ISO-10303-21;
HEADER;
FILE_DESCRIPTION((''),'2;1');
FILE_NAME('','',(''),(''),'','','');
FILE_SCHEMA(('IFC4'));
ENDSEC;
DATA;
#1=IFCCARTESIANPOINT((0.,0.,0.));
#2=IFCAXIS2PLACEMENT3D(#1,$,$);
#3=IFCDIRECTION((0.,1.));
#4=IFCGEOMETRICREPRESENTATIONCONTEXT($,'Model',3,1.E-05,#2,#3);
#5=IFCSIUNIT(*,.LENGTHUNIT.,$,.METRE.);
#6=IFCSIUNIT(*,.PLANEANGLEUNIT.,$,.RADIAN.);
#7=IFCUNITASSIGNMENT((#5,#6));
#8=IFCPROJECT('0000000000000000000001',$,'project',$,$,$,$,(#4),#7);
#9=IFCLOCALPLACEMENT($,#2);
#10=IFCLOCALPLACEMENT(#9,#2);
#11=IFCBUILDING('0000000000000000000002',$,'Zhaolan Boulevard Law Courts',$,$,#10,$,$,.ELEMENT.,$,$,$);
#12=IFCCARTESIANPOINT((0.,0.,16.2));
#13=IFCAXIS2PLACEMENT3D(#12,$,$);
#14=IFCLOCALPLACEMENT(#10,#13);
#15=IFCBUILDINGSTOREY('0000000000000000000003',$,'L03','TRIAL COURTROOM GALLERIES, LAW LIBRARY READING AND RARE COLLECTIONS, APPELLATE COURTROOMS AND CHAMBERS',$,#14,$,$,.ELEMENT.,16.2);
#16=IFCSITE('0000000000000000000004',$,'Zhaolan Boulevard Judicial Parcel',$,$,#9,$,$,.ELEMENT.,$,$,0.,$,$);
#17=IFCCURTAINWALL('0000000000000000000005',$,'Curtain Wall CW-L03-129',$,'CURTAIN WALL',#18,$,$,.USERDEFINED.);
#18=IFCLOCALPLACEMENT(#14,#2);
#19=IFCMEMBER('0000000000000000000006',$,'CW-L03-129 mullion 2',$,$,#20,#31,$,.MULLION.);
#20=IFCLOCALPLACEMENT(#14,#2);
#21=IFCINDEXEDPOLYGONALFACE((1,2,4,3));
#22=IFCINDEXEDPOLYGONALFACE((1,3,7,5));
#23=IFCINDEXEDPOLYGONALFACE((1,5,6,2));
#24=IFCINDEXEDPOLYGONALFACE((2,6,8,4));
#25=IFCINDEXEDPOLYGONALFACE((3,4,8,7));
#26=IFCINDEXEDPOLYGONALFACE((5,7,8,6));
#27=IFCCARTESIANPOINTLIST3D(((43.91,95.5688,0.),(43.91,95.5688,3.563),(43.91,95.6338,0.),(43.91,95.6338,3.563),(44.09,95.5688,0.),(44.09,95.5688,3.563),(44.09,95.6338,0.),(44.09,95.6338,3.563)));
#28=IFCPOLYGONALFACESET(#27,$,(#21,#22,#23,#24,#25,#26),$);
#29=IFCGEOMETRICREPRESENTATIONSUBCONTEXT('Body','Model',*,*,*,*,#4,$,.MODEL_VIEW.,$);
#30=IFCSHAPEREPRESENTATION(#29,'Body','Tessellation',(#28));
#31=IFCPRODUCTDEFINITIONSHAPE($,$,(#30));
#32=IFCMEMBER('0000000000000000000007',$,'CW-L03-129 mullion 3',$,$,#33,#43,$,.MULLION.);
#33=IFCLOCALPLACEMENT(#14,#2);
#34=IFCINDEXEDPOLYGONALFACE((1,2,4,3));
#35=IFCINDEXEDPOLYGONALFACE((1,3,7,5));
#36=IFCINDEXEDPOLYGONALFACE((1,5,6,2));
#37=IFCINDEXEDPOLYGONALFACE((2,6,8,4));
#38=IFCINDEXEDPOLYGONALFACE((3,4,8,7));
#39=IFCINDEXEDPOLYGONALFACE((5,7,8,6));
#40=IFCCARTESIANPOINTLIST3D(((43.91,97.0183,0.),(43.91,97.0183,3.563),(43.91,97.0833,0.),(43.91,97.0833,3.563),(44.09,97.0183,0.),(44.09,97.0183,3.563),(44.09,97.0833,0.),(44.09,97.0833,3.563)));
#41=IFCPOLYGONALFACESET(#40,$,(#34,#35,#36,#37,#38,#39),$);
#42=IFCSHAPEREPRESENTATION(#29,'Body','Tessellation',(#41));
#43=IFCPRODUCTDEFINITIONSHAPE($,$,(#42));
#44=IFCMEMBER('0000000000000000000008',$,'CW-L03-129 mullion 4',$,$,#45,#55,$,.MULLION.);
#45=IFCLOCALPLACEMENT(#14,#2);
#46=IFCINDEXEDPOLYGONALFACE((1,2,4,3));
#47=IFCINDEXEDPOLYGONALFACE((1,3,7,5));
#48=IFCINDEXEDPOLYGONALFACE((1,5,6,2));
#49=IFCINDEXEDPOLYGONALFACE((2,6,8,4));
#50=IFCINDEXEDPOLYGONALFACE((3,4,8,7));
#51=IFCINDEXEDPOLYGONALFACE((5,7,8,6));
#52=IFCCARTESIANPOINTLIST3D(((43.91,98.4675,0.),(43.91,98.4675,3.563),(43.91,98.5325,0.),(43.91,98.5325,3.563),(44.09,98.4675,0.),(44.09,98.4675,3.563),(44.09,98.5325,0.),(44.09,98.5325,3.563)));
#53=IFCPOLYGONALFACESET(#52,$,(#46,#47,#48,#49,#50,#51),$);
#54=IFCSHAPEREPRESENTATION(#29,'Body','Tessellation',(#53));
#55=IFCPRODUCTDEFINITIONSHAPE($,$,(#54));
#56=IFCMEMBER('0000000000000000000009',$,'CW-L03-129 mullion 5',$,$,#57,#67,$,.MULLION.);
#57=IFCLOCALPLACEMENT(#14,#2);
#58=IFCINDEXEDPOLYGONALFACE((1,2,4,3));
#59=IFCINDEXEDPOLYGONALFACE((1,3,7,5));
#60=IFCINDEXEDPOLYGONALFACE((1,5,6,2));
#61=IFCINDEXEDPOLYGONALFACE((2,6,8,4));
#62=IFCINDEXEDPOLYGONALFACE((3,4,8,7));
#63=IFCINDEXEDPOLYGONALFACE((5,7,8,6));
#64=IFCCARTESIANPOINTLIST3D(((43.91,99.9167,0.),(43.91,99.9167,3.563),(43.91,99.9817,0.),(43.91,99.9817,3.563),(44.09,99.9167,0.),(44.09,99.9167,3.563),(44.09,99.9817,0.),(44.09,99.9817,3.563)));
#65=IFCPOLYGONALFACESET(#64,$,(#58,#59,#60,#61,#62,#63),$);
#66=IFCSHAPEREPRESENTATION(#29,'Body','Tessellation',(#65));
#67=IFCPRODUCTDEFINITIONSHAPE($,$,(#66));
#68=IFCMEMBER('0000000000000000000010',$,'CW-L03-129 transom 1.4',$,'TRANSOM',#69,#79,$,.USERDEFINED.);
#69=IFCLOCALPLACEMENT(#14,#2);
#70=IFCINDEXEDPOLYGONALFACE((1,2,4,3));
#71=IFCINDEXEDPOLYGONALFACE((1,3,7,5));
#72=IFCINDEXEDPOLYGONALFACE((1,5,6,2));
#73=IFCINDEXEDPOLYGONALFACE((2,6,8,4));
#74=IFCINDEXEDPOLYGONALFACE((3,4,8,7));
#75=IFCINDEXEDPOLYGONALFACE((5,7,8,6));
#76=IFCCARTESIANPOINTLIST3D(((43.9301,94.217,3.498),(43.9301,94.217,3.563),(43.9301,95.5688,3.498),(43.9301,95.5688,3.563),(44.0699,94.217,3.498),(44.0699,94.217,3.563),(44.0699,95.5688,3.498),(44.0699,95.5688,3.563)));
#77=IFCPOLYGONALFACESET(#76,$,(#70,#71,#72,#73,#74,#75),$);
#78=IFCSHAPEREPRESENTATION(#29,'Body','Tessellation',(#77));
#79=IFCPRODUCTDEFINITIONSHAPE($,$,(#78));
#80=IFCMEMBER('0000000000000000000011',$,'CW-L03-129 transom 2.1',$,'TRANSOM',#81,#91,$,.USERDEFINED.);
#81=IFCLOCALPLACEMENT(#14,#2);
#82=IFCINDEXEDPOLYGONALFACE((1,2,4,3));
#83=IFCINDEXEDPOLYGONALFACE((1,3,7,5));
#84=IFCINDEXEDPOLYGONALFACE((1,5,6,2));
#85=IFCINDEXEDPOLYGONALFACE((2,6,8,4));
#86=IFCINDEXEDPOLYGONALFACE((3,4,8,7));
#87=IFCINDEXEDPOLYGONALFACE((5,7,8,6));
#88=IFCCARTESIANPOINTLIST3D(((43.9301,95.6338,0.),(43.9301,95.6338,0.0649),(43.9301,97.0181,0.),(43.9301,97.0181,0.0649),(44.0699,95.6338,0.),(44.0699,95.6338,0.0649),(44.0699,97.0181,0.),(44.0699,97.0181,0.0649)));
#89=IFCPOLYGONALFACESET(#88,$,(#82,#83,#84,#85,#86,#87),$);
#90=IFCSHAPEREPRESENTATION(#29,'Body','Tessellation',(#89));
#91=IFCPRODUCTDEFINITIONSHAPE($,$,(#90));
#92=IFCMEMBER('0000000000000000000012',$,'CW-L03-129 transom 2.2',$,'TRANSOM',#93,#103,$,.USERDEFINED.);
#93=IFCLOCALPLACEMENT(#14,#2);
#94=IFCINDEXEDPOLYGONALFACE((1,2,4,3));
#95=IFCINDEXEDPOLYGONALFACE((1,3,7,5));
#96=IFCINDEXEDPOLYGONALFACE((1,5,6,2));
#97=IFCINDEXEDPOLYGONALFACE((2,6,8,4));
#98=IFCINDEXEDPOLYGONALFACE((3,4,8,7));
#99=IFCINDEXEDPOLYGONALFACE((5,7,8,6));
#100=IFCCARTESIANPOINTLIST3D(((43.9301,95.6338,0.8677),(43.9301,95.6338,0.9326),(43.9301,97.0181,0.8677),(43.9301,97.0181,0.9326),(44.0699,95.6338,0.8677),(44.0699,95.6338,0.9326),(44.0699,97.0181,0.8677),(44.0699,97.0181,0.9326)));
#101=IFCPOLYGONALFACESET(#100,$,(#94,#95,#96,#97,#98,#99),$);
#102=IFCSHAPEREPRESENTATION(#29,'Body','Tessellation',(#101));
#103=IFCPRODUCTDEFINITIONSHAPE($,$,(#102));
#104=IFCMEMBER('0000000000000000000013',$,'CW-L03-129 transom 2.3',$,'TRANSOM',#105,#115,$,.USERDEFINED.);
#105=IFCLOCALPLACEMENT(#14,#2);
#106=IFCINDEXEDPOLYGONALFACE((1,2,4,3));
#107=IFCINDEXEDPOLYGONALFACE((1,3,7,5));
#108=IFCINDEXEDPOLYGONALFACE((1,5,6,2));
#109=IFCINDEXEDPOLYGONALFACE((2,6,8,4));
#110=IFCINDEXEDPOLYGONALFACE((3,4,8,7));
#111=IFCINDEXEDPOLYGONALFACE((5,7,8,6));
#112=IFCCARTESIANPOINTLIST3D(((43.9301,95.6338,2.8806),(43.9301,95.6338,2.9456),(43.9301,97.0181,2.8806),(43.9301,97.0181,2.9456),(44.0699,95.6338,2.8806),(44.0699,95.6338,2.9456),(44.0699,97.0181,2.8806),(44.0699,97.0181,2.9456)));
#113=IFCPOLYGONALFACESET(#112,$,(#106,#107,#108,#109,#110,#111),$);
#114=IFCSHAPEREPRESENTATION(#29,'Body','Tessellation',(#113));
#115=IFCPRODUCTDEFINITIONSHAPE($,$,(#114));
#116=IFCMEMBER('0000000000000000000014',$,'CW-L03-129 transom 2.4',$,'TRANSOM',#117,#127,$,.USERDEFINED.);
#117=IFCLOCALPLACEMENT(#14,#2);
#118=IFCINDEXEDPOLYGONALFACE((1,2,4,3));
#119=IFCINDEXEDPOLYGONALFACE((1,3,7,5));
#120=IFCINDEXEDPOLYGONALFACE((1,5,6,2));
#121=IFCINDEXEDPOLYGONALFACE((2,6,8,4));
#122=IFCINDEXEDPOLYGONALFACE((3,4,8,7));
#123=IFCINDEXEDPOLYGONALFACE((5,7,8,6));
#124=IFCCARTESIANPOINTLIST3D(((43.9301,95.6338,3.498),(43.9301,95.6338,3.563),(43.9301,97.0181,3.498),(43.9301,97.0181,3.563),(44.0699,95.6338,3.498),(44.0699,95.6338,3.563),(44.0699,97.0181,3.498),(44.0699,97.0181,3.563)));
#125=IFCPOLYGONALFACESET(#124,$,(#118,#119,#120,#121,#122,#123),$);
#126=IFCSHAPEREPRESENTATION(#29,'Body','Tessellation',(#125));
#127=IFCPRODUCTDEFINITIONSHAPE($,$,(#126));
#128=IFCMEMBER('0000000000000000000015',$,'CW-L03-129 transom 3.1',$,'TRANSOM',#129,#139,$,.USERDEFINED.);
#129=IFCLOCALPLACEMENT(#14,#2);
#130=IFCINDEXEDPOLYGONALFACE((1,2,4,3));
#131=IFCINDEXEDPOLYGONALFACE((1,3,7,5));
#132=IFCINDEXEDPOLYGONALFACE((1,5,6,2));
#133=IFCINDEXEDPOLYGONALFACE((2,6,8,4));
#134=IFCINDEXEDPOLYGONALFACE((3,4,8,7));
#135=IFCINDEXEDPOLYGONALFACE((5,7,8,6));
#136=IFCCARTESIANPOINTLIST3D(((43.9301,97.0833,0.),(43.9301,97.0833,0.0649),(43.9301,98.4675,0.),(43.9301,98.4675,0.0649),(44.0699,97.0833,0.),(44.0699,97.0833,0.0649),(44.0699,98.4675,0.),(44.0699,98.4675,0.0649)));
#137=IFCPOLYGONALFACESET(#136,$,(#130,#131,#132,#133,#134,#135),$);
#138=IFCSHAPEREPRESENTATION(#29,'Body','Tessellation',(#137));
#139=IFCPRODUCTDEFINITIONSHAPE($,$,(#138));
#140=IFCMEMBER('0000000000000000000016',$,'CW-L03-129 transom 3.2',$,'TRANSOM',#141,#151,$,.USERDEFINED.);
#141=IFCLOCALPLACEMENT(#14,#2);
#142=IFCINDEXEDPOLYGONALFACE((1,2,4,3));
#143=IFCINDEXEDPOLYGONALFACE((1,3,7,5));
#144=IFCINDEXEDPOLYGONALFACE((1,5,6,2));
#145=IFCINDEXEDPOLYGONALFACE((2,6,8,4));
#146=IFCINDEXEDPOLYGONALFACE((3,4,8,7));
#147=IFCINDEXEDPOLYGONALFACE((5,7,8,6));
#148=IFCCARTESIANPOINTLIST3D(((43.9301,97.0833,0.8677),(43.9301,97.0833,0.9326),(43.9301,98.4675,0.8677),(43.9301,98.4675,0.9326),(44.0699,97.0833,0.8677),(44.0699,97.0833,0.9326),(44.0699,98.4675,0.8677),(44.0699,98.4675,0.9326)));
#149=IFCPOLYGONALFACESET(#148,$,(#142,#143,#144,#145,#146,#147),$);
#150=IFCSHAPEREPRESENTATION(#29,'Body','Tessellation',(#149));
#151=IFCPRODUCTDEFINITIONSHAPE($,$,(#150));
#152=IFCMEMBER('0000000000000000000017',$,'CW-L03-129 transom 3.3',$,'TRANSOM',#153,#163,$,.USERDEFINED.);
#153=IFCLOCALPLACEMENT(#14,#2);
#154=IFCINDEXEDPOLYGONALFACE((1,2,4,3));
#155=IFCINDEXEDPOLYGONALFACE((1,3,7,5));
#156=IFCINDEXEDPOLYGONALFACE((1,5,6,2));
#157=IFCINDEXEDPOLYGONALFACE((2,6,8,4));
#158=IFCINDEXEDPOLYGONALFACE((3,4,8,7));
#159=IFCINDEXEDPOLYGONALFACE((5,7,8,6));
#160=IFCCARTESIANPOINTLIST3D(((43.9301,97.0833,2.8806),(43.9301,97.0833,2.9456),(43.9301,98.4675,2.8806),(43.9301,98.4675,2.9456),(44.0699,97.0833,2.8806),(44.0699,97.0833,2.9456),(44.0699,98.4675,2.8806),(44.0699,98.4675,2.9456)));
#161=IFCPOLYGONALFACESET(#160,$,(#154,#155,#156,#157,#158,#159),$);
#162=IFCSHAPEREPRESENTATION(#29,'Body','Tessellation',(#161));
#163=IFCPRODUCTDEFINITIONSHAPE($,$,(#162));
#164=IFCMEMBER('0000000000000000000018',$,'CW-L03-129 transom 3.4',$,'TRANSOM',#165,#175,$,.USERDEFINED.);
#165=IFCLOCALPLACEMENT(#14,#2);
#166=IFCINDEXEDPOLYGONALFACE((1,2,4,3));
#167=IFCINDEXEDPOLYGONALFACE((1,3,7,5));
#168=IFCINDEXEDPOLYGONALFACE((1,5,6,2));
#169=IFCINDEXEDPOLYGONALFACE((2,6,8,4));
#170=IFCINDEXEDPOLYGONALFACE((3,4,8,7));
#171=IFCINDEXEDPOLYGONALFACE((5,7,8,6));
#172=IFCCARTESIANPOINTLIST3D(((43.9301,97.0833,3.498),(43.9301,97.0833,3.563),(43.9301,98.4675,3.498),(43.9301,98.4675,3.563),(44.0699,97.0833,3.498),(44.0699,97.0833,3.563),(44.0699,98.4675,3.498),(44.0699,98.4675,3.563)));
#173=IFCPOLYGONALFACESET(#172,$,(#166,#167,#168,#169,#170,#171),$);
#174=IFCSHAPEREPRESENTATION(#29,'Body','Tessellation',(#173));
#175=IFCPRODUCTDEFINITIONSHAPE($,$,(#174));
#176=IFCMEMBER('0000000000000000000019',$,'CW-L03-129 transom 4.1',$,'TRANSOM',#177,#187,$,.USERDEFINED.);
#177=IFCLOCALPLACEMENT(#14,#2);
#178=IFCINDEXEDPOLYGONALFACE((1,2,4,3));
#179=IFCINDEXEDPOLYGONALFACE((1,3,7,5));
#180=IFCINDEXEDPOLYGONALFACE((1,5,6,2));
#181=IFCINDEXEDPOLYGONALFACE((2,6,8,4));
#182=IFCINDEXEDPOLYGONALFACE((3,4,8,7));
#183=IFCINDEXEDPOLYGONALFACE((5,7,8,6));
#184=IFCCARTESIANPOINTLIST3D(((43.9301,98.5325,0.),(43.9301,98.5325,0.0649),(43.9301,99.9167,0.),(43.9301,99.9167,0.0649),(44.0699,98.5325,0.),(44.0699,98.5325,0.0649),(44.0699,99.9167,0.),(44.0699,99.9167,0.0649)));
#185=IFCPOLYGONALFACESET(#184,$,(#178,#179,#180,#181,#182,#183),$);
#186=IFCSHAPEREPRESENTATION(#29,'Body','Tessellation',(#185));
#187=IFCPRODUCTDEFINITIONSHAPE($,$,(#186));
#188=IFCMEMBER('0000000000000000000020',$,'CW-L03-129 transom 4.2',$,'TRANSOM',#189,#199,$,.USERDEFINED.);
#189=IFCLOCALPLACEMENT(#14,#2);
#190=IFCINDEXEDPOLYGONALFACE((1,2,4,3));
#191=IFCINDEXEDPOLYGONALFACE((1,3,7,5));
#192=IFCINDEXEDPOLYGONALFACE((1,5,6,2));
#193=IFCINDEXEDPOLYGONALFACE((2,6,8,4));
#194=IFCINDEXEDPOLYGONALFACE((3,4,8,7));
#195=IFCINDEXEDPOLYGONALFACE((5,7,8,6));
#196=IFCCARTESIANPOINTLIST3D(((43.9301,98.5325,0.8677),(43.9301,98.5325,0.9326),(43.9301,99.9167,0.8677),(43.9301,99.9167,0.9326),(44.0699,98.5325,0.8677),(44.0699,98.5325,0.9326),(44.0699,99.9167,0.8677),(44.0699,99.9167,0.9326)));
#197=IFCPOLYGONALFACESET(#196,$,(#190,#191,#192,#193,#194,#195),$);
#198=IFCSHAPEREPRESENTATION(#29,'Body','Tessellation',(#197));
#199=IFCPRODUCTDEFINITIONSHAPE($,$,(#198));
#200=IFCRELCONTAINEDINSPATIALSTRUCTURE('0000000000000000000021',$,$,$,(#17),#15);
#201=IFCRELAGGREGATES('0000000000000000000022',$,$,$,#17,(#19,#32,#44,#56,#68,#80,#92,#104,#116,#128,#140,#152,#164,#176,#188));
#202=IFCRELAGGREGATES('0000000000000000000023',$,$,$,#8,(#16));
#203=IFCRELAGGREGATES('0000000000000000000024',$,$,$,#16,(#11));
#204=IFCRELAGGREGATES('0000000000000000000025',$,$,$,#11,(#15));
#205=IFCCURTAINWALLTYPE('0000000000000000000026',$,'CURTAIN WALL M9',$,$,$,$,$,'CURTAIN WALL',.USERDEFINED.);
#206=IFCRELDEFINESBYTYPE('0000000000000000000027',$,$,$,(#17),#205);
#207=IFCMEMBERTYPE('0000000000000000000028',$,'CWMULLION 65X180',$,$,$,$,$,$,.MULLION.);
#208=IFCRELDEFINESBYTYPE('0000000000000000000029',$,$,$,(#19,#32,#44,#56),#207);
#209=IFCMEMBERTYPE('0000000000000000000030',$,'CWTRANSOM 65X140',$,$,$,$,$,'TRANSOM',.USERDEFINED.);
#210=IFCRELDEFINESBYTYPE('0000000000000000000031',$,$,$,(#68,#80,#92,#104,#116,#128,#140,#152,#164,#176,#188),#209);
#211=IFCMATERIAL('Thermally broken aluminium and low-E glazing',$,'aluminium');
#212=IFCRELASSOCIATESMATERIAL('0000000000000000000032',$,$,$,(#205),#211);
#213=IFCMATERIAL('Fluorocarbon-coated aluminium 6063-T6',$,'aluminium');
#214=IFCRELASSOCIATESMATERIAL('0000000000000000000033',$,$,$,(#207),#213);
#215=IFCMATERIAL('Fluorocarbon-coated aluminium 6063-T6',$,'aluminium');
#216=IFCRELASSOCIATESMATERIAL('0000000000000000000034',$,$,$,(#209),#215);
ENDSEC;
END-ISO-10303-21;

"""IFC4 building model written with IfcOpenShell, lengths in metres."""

from ifc_helpers import new_model, si_unit, direction, frame, origin, origin_2d, place, context, subcontext, project, spatial, rectangle, extrude, material, material_profile, profile_set, type_object, element, aggregate, save


model = new_model("IFC4")

# Units and contexts
model_context = context("Model", 3, precision=1e-05, world=origin(), true_north=direction((0.0, 1.0)))
body_context = subcontext(model_context, "Body", "Model", "MODEL_VIEW")
ifc_project = project(units=[si_unit("LENGTHUNIT", "METRE"), si_unit("PLANEANGLEUNIT", "RADIAN")], contexts=[model_context])

# Site, building, storey
site_placement = place(None, origin())
site = spatial("IfcSite", under=ifc_project, at=site_placement, Name="Zhaolan Boulevard Judicial Parcel", CompositionType="ELEMENT", RefElevation=0.0)
building_placement = place(site_placement, origin())
building = spatial("IfcBuilding", under=site, at=building_placement, Name="Zhaolan Boulevard Law Courts", CompositionType="ELEMENT")
storey_placement = place(building_placement, frame((0.0, 0.0, 16.2)))
storey = spatial("IfcBuildingStorey", under=building, at=storey_placement, Name="L03", Description="TRIAL COURTROOM GALLERIES, LAW LIBRARY READING AND RARE COLLECTIONS, APPELLATE COURTROOMS AND CHAMBERS", CompositionType="ELEMENT", Elevation=16.2)

# Curtain wall, members
ifc_material_1 = material(Name="Thermally broken aluminium and low-E glazing", Category="aluminium")
curtain_wall_type = type_object("IfcCurtainWallType", Name="CURTAIN WALL M9", ElementType="CURTAIN WALL", PredefinedType="USERDEFINED", material=ifc_material_1)
curtain_wall_placement = place(storey_placement, origin())
curtain_wall = element("IfcCurtainWall", 1, at=curtain_wall_placement, inside=storey, type_object=curtain_wall_type, Name="Curtain Wall CW-L03-129", ObjectType="CURTAIN WALL", PredefinedType="USERDEFINED")
ifc_material_2 = material(Name="Fluorocarbon-coated aluminium 6063-T6", Category="aluminium")
ifc_material_profile_1 = material_profile(ifc_material_2, rectangle(XDim=0.1799, YDim=0.0649, at=origin_2d()), Name="AL65x180")
ifc_profile_set_1 = profile_set([ifc_material_profile_1], Name="Fluorocarbon-coated aluminium 6063-T6")
member_type_1 = type_object("IfcMemberType", Name="CWMULLION 65X180", PredefinedType="MULLION", material=ifc_profile_set_1)
member_1_placement = place(storey_placement, frame((44.0, 95.6013, 0.0), z_axis=(0.0, 0.0, 1.0), x_axis=(-1.0, 0.0, 0.0)))
member_1 = element("IfcMember", 2, at=member_1_placement, type_object=member_type_1, Name="CW-L03-129 mullion 2", PredefinedType="MULLION", context=body_context, shape_type="SweptSolid", body=[
    extrude(rectangle(XDim=0.1799, YDim=0.0649, at=origin_2d()), origin(), (0.0, 0.0, 1.0), 3.563),
])
member_2_placement = place(storey_placement, frame((44.0, 97.0508, 0.0), z_axis=(0.0, 0.0, 1.0), x_axis=(-1.0, 0.0, 0.0)))
member_2 = element("IfcMember", 3, at=member_2_placement, type_object=member_type_1, Name="CW-L03-129 mullion 3", PredefinedType="MULLION", context=body_context, shape_type="SweptSolid", body=[
    extrude(rectangle(XDim=0.1799, YDim=0.0649, at=origin_2d()), origin(), (0.0, 0.0, 1.0), 3.563),
])
member_3_placement = place(storey_placement, frame((44.0, 98.5, 0.0), z_axis=(0.0, 0.0, 1.0), x_axis=(-1.0, 0.0, 0.0)))
member_3 = element("IfcMember", 4, at=member_3_placement, type_object=member_type_1, Name="CW-L03-129 mullion 4", PredefinedType="MULLION", context=body_context, shape_type="SweptSolid", body=[
    extrude(rectangle(XDim=0.1799, YDim=0.0649, at=origin_2d()), origin(), (0.0, 0.0, 1.0), 3.563),
])
member_4_placement = place(storey_placement, frame((44.0, 99.9492, 0.0), z_axis=(0.0, 0.0, 1.0), x_axis=(-1.0, 0.0, 0.0)))
member_4 = element("IfcMember", 5, at=member_4_placement, type_object=member_type_1, Name="CW-L03-129 mullion 5", PredefinedType="MULLION", context=body_context, shape_type="SweptSolid", body=[
    extrude(rectangle(XDim=0.1799, YDim=0.0649, at=origin_2d()), origin(), (0.0, 0.0, 1.0), 3.563),
])
ifc_material_3 = material(Name="Fluorocarbon-coated aluminium 6063-T6", Category="aluminium")
ifc_material_profile_2 = material_profile(ifc_material_3, rectangle(XDim=0.1399, YDim=0.0649, at=origin_2d()), Name="AL65x140")
ifc_profile_set_2 = profile_set([ifc_material_profile_2], Name="Fluorocarbon-coated aluminium 6063-T6")
member_type_2 = type_object("IfcMemberType", Name="CWTRANSOM 65X140", ElementType="TRANSOM", PredefinedType="USERDEFINED", material=ifc_profile_set_2)
member_5_placement = place(storey_placement, frame((44.0, 94.217, 3.5305), z_axis=(0.0, 1.0, 0.0), x_axis=(-1.0, 0.0, 0.0)))
member_5 = element("IfcMember", 6, at=member_5_placement, type_object=member_type_2, Name="CW-L03-129 transom 1.4", ObjectType="TRANSOM", PredefinedType="USERDEFINED", context=body_context, shape_type="SweptSolid", body=[
    extrude(rectangle(XDim=0.1399, YDim=0.0649, at=origin_2d()), origin(), (0.0, 0.0, 1.0), 1.3518),
])
member_6_placement = place(storey_placement, frame((44.0, 95.6338, 0.0325), z_axis=(0.0, 1.0, 0.0), x_axis=(-1.0, 0.0, 0.0)))
member_6 = element("IfcMember", 7, at=member_6_placement, type_object=member_type_2, Name="CW-L03-129 transom 2.1", ObjectType="TRANSOM", PredefinedType="USERDEFINED", context=body_context, shape_type="SweptSolid", body=[
    extrude(rectangle(XDim=0.1399, YDim=0.0649, at=origin_2d()), origin(), (0.0, 0.0, 1.0), 1.3843),
])
member_7_placement = place(storey_placement, frame((44.0, 95.6338, 0.9001), z_axis=(0.0, 1.0, 0.0), x_axis=(-1.0, 0.0, 0.0)))
member_7 = element("IfcMember", 8, at=member_7_placement, type_object=member_type_2, Name="CW-L03-129 transom 2.2", ObjectType="TRANSOM", PredefinedType="USERDEFINED", context=body_context, shape_type="SweptSolid", body=[
    extrude(rectangle(XDim=0.1399, YDim=0.0649, at=origin_2d()), origin(), (0.0, 0.0, 1.0), 1.3843),
])
member_8_placement = place(storey_placement, frame((44.0, 95.6338, 2.9131), z_axis=(0.0, 1.0, 0.0), x_axis=(-1.0, 0.0, 0.0)))
member_8 = element("IfcMember", 9, at=member_8_placement, type_object=member_type_2, Name="CW-L03-129 transom 2.3", ObjectType="TRANSOM", PredefinedType="USERDEFINED", context=body_context, shape_type="SweptSolid", body=[
    extrude(rectangle(XDim=0.1399, YDim=0.0649, at=origin_2d()), origin(), (0.0, 0.0, 1.0), 1.3843),
])
member_9_placement = place(storey_placement, frame((44.0, 95.6338, 3.5305), z_axis=(0.0, 1.0, 0.0), x_axis=(-1.0, 0.0, 0.0)))
member_9 = element("IfcMember", 10, at=member_9_placement, type_object=member_type_2, Name="CW-L03-129 transom 2.4", ObjectType="TRANSOM", PredefinedType="USERDEFINED", context=body_context, shape_type="SweptSolid", body=[
    extrude(rectangle(XDim=0.1399, YDim=0.0649, at=origin_2d()), origin(), (0.0, 0.0, 1.0), 1.3843),
])
member_10_placement = place(storey_placement, frame((44.0, 97.0833, 0.0325), z_axis=(0.0, 1.0, 0.0), x_axis=(-1.0, 0.0, 0.0)))
member_10 = element("IfcMember", 11, at=member_10_placement, type_object=member_type_2, Name="CW-L03-129 transom 3.1", ObjectType="TRANSOM", PredefinedType="USERDEFINED", context=body_context, shape_type="SweptSolid", body=[
    extrude(rectangle(XDim=0.1399, YDim=0.0649, at=origin_2d()), origin(), (0.0, 0.0, 1.0), 1.3843),
])
member_11_placement = place(storey_placement, frame((44.0, 97.0833, 0.9001), z_axis=(0.0, 1.0, 0.0), x_axis=(-1.0, 0.0, 0.0)))
member_11 = element("IfcMember", 12, at=member_11_placement, type_object=member_type_2, Name="CW-L03-129 transom 3.2", ObjectType="TRANSOM", PredefinedType="USERDEFINED", context=body_context, shape_type="SweptSolid", body=[
    extrude(rectangle(XDim=0.1399, YDim=0.0649, at=origin_2d()), origin(), (0.0, 0.0, 1.0), 1.3843),
])
member_12_placement = place(storey_placement, frame((44.0, 97.0833, 2.9131), z_axis=(0.0, 1.0, 0.0), x_axis=(-1.0, 0.0, 0.0)))
member_12 = element("IfcMember", 13, at=member_12_placement, type_object=member_type_2, Name="CW-L03-129 transom 3.3", ObjectType="TRANSOM", PredefinedType="USERDEFINED", context=body_context, shape_type="SweptSolid", body=[
    extrude(rectangle(XDim=0.1399, YDim=0.0649, at=origin_2d()), origin(), (0.0, 0.0, 1.0), 1.3843),
])
member_13_placement = place(storey_placement, frame((44.0, 97.0833, 3.5305), z_axis=(0.0, 1.0, 0.0), x_axis=(-1.0, 0.0, 0.0)))
member_13 = element("IfcMember", 14, at=member_13_placement, type_object=member_type_2, Name="CW-L03-129 transom 3.4", ObjectType="TRANSOM", PredefinedType="USERDEFINED", context=body_context, shape_type="SweptSolid", body=[
    extrude(rectangle(XDim=0.1399, YDim=0.0649, at=origin_2d()), origin(), (0.0, 0.0, 1.0), 1.3843),
])
member_14_placement = place(storey_placement, frame((44.0, 98.5325, 0.0325), z_axis=(0.0, 1.0, 0.0), x_axis=(-1.0, 0.0, 0.0)))
member_14 = element("IfcMember", 15, at=member_14_placement, type_object=member_type_2, Name="CW-L03-129 transom 4.1", ObjectType="TRANSOM", PredefinedType="USERDEFINED", context=body_context, shape_type="SweptSolid", body=[
    extrude(rectangle(XDim=0.1399, YDim=0.0649, at=origin_2d()), origin(), (0.0, 0.0, 1.0), 1.3843),
])
member_15_placement = place(storey_placement, frame((44.0, 98.5325, 0.9001), z_axis=(0.0, 1.0, 0.0), x_axis=(-1.0, 0.0, 0.0)))
member_15 = element("IfcMember", 16, at=member_15_placement, type_object=member_type_2, Name="CW-L03-129 transom 4.2", ObjectType="TRANSOM", PredefinedType="USERDEFINED", context=body_context, shape_type="SweptSolid", body=[
    extrude(rectangle(XDim=0.1399, YDim=0.0649, at=origin_2d()), origin(), (0.0, 0.0, 1.0), 1.3843),
])
aggregate(curtain_wall, [member_1, member_2, member_3, member_4, member_5, member_6, member_7, member_8, member_9, member_10, member_11, member_12, member_13, member_14, member_15])

save(model, "model.ifc")
